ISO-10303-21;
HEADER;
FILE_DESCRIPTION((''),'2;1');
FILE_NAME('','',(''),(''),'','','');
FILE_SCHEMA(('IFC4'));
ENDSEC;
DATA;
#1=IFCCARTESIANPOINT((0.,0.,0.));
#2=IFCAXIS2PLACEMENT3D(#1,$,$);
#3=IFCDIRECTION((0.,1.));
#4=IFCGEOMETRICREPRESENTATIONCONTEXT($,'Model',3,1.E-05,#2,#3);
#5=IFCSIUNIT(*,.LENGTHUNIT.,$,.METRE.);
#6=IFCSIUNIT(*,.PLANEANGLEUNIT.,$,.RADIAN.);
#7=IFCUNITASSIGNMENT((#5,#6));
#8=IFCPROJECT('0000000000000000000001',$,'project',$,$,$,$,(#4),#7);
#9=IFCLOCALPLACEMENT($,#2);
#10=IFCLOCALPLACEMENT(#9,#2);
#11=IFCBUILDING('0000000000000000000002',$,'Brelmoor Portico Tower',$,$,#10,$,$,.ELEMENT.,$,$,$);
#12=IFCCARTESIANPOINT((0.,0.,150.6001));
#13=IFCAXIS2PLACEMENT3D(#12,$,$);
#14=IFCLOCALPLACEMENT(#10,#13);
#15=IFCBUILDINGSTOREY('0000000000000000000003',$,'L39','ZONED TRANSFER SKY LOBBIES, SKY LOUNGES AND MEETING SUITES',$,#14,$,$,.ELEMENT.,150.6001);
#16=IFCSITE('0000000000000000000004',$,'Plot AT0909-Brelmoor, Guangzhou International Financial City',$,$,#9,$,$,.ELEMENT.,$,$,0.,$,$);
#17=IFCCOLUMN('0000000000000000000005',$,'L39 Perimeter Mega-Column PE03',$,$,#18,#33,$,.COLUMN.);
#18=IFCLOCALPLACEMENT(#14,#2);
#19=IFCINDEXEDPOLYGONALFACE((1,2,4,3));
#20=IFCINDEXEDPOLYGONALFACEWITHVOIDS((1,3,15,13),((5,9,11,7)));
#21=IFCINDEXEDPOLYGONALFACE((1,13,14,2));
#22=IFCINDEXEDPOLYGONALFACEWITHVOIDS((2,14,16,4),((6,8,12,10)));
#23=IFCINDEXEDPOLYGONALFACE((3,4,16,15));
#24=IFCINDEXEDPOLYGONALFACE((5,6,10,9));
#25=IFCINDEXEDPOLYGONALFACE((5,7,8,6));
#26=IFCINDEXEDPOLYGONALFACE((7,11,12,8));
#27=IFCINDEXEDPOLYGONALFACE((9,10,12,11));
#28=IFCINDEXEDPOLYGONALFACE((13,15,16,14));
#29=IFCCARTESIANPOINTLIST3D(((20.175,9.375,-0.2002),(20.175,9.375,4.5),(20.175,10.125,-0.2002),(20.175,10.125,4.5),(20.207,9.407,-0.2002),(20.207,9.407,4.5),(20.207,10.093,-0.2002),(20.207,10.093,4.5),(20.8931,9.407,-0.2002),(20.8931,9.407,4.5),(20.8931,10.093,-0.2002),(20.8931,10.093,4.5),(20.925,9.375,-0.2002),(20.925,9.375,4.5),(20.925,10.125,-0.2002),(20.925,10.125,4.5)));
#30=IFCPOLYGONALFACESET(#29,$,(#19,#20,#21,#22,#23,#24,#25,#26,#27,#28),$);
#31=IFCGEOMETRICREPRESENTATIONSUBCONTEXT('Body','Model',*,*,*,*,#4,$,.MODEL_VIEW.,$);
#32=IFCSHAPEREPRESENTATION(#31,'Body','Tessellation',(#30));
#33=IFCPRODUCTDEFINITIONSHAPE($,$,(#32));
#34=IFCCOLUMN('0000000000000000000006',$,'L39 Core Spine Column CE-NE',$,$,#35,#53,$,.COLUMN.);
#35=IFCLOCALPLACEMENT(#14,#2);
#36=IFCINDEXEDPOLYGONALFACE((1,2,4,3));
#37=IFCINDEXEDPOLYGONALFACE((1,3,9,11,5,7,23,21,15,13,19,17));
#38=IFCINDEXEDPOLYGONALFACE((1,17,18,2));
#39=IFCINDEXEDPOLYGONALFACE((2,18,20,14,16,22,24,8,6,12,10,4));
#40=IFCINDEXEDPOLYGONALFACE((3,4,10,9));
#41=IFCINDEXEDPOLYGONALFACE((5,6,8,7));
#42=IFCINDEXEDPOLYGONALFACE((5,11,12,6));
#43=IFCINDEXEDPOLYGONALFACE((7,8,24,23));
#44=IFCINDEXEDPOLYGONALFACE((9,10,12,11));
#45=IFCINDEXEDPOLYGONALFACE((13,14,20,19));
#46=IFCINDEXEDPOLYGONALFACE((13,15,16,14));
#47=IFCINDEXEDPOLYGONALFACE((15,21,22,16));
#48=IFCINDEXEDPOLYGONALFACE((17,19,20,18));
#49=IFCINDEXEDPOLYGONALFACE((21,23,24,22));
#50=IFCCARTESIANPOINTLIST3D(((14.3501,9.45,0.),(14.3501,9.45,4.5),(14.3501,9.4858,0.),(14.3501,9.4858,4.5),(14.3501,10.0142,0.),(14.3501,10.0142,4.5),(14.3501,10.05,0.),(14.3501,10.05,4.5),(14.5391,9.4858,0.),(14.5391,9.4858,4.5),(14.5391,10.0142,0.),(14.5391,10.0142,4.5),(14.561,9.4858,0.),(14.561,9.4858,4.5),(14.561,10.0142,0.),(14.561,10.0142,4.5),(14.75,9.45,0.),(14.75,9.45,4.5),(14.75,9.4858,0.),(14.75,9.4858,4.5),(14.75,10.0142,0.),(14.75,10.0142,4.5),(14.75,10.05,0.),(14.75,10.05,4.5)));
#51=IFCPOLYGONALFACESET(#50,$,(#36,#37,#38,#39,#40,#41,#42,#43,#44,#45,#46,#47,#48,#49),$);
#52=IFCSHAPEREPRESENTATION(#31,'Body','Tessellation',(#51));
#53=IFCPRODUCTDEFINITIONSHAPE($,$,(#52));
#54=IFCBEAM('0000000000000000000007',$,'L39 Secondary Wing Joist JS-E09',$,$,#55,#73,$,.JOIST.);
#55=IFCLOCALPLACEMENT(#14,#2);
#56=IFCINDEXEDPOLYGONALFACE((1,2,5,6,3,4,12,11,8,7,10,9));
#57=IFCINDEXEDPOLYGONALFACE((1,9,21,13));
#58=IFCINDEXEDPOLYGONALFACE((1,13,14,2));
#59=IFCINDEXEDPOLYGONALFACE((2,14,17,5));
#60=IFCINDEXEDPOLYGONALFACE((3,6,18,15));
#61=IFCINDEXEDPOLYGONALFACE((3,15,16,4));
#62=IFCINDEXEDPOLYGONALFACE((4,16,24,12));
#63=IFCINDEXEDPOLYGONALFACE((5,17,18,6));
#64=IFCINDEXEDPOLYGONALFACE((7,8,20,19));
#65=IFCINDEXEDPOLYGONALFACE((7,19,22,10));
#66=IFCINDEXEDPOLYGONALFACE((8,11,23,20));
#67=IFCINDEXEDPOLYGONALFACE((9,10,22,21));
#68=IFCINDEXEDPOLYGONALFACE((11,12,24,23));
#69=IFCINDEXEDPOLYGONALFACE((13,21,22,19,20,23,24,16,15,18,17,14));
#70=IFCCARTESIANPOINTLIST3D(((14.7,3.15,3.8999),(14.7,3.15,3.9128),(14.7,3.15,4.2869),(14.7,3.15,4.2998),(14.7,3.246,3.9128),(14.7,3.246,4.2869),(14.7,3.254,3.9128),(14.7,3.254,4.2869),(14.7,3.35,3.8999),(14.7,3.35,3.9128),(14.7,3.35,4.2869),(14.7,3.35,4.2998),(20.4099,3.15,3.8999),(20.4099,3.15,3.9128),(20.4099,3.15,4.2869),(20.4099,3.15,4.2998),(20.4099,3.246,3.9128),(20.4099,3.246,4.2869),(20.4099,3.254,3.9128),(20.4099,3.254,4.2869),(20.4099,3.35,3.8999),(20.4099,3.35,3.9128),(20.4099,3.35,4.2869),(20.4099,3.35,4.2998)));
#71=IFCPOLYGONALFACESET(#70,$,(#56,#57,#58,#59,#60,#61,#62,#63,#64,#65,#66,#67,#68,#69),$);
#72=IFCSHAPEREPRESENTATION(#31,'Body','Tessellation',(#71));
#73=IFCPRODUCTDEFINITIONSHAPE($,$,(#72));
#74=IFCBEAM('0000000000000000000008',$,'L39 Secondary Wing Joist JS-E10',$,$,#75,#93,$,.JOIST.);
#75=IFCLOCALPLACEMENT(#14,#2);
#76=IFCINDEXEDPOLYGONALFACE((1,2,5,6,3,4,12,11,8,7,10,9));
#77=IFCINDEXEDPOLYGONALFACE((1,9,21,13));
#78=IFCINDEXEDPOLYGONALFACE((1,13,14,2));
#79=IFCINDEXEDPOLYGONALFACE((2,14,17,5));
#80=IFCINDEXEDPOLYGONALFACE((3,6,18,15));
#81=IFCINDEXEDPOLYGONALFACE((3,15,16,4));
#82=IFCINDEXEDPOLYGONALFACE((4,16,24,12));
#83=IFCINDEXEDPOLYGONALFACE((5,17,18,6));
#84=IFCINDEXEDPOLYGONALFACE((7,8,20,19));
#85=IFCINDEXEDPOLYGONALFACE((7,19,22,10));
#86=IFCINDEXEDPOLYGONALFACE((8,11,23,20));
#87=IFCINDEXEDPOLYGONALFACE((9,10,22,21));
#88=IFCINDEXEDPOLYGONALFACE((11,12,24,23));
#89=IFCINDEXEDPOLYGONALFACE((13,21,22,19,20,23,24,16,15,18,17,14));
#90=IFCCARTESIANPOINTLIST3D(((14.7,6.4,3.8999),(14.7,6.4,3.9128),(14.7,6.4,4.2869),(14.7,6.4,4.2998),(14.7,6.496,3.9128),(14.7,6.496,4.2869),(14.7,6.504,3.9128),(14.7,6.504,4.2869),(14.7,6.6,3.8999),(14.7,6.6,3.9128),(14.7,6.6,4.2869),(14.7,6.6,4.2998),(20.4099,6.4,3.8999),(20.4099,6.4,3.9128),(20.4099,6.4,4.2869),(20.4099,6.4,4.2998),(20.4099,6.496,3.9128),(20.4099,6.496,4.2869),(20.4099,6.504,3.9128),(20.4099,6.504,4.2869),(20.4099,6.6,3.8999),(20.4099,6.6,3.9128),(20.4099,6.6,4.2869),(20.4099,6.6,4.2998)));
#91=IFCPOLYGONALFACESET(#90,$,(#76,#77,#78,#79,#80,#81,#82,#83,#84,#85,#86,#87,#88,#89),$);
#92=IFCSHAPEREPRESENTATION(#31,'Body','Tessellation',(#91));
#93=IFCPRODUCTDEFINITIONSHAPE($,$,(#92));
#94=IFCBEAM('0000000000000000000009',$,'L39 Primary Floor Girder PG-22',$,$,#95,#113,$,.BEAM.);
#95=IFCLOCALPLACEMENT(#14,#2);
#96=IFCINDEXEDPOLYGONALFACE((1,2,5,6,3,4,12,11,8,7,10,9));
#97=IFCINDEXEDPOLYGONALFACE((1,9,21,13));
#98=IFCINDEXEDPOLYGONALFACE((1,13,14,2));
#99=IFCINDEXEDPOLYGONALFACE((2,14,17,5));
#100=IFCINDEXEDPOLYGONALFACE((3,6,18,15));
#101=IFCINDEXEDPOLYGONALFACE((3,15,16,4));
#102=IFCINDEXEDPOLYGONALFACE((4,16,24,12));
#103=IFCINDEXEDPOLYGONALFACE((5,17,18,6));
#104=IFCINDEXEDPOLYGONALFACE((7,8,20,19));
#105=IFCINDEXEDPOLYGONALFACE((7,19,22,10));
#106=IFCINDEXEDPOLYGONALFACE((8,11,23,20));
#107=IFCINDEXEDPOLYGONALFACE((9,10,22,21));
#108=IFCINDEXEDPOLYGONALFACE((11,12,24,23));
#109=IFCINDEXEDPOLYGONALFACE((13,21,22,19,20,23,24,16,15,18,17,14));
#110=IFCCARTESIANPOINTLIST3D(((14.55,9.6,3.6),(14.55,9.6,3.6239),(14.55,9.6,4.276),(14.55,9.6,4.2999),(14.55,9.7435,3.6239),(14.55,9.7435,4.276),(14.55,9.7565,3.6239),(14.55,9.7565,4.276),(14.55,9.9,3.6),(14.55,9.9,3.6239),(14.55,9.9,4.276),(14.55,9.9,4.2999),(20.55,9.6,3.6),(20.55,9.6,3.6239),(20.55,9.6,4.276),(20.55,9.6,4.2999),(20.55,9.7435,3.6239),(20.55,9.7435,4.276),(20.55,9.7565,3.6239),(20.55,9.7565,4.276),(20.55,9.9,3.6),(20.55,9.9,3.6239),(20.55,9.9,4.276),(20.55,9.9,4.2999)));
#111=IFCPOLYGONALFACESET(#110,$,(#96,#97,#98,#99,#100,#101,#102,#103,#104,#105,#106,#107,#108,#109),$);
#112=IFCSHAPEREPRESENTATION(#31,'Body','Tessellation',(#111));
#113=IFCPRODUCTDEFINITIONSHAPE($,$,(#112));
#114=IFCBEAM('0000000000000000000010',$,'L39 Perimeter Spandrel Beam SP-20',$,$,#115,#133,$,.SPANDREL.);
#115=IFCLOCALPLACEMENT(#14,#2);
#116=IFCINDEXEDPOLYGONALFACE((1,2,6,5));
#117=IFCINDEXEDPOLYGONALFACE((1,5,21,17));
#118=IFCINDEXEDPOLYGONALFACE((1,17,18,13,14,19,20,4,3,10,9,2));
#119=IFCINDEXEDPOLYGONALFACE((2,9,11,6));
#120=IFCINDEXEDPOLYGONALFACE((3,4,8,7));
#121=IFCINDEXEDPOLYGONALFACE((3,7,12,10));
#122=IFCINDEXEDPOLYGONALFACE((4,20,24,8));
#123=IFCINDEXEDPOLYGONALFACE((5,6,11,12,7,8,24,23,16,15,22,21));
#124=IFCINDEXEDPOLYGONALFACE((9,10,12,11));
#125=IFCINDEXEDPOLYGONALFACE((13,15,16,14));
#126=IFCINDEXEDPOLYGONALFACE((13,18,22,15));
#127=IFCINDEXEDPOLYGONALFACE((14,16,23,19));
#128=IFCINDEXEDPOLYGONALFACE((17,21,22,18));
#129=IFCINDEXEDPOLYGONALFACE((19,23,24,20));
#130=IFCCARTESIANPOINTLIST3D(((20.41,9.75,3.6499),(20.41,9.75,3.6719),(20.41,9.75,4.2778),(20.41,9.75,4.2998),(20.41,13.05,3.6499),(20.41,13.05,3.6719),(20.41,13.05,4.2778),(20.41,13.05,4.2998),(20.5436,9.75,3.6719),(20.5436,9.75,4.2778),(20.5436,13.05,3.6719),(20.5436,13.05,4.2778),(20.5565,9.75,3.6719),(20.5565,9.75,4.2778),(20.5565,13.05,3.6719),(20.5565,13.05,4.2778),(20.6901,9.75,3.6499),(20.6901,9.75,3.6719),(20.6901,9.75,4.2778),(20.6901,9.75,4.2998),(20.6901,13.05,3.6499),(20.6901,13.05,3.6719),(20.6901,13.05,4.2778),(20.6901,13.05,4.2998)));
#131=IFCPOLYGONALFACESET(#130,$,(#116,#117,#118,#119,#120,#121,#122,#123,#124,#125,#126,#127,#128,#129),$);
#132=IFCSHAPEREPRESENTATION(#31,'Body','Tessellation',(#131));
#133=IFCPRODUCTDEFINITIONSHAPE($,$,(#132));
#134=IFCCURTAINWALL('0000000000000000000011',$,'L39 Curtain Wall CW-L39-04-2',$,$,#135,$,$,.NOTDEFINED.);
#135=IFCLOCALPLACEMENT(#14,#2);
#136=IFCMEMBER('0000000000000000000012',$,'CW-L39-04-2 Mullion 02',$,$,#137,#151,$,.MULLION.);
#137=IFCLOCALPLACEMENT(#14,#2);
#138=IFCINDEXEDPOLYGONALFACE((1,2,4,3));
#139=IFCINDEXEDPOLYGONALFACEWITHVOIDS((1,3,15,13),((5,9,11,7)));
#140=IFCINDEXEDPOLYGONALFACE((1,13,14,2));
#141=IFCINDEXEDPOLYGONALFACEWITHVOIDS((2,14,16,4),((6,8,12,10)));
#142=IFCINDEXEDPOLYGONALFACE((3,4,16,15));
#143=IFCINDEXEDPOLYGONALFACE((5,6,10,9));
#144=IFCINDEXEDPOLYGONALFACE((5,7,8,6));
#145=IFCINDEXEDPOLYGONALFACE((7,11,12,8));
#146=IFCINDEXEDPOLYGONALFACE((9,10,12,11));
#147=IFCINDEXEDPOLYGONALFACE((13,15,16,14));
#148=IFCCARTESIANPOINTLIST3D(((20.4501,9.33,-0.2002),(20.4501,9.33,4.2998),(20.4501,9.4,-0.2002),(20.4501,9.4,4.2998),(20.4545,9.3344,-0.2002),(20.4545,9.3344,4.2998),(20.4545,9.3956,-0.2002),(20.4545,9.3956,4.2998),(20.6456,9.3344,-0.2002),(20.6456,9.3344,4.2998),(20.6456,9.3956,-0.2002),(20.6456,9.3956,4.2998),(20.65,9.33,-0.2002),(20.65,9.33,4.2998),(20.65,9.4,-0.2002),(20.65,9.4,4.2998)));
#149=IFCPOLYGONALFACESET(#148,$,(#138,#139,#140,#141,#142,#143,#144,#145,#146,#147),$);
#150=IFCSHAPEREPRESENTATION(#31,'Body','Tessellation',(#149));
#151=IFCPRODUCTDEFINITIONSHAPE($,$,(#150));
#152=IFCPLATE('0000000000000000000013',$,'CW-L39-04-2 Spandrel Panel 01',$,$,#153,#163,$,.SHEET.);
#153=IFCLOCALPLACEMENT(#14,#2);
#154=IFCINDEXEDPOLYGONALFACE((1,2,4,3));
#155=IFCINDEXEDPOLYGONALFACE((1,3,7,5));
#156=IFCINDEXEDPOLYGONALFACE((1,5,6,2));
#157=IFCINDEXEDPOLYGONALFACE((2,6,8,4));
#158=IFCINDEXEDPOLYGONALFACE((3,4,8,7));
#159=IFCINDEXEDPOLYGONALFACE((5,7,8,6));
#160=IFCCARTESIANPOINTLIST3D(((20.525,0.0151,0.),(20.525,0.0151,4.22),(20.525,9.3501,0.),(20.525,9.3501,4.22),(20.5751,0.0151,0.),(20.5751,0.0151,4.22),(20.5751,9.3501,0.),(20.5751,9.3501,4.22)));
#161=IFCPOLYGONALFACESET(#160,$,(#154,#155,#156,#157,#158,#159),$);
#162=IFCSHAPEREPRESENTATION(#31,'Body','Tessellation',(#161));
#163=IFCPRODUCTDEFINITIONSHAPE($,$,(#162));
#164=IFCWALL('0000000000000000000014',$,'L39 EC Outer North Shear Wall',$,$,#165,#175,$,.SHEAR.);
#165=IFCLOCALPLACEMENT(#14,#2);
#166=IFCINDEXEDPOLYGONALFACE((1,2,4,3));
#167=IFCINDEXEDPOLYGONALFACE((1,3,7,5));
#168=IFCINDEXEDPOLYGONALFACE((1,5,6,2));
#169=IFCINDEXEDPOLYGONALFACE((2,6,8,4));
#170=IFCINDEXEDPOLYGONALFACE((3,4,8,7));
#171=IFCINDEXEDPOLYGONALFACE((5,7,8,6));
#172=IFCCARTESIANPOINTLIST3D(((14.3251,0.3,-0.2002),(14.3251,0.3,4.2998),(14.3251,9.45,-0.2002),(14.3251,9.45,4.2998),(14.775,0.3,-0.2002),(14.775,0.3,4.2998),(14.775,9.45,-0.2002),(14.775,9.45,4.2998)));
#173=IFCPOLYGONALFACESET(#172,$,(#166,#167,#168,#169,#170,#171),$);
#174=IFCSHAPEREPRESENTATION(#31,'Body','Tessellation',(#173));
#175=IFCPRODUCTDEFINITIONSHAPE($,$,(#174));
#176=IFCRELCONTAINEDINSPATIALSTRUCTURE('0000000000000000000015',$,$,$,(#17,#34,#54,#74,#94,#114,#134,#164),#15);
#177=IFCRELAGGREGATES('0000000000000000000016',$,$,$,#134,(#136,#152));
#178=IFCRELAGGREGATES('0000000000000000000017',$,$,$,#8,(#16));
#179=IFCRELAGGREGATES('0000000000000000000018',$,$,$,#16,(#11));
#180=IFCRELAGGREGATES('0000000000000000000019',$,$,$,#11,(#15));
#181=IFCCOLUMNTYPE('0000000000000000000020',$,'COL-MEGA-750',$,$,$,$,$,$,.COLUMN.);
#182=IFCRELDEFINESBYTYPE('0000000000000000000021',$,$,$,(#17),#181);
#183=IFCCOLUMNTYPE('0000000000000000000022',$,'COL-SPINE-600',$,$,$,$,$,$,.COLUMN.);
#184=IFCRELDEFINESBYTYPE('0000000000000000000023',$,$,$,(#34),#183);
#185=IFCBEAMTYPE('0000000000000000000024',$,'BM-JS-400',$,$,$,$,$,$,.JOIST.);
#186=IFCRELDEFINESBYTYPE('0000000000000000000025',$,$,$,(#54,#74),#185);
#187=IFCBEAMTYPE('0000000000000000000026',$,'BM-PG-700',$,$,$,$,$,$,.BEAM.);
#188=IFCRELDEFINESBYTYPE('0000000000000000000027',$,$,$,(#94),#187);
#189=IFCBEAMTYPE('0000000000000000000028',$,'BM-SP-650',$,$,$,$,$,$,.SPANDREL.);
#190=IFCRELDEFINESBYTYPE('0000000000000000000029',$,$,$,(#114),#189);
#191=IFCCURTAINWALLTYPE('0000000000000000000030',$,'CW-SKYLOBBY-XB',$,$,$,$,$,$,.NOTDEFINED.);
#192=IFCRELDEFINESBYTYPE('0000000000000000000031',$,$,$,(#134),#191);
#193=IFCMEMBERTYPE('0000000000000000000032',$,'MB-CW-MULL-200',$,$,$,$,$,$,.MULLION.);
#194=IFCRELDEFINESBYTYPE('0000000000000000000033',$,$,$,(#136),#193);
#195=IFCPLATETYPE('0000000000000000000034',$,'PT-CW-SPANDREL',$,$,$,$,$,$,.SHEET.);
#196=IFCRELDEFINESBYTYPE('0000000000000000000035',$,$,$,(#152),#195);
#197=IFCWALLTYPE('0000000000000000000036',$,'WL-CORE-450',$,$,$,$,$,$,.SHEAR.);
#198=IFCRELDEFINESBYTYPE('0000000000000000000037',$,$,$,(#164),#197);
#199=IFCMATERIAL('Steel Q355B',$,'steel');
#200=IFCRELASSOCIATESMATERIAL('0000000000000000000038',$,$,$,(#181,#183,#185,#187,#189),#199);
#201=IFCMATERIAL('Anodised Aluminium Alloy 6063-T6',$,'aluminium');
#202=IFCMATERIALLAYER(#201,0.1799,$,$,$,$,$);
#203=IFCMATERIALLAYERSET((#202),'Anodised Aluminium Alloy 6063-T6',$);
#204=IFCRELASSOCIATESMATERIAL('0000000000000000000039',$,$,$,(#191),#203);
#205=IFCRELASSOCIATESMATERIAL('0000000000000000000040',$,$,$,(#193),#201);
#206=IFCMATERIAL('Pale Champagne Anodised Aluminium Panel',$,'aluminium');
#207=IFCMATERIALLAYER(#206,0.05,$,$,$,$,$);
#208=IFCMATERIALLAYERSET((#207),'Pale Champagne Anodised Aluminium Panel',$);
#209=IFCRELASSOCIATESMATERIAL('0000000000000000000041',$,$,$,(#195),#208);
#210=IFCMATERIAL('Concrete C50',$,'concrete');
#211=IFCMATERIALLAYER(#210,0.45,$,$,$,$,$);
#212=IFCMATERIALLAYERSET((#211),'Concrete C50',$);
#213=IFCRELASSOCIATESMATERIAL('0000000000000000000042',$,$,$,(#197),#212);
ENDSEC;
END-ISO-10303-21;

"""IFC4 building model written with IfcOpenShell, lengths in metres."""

from ifc_helpers import new_model, si_unit, direction, frame, frame_2d, origin, origin_2d, place, context, subcontext, project, spatial, rectangle, hollow_rectangle, i_section, extrude, material, layer, layer_set, material_profile, profile_set, type_object, element, aggregate, save


model = new_model("IFC4")

# Units and contexts
model_context = context("Model", 3, precision=1e-05, world=origin(), true_north=direction((0.0, 1.0)))
body_context = subcontext(model_context, "Body", "Model", "MODEL_VIEW")
ifc_project = project(units=[si_unit("LENGTHUNIT", "METRE"), si_unit("PLANEANGLEUNIT", "RADIAN")], contexts=[model_context])

# Site, building, storey
site_placement = place(None, origin())
site = spatial("IfcSite", under=ifc_project, at=site_placement, Name="Plot AT0909-Brelmoor, Guangzhou International Financial City", CompositionType="ELEMENT", RefElevation=0.0)
building_placement = place(site_placement, origin())
building = spatial("IfcBuilding", under=site, at=building_placement, Name="Brelmoor Portico Tower", CompositionType="ELEMENT")
storey_placement = place(building_placement, frame((0.0, 0.0, 150.6001)))
storey = spatial("IfcBuildingStorey", under=building, at=storey_placement, Name="L39", Description="ZONED TRANSFER SKY LOBBIES, SKY LOUNGES AND MEETING SUITES", CompositionType="ELEMENT", Elevation=150.6001)

# Columns
ifc_material_1 = material(Name="Steel Q355B", Category="steel")
ifc_material_profile_1 = material_profile(ifc_material_1, hollow_rectangle(XDim=0.75, YDim=0.75, WallThickness=0.032, at=origin_2d()), Name="BOX 750x750x32")
ifc_profile_set_1 = profile_set([ifc_material_profile_1], Name="Steel Q355B")
column_type_1 = type_object("IfcColumnType", Name="COL-MEGA-750", PredefinedType="COLUMN", material=ifc_profile_set_1)
column_1_placement = place(storey_placement, frame((20.55, 9.75, -0.2002), z_axis=(0.0, 0.0, 1.0), x_axis=(0.0, 1.0, 0.0)))
element("IfcColumn", 1, at=column_1_placement, inside=storey, type_object=column_type_1, Name="L39 Perimeter Mega-Column PE03", PredefinedType="COLUMN", context=body_context, shape_type="SweptSolid", body=[
    extrude(hollow_rectangle(XDim=0.75, YDim=0.75, WallThickness=0.032, at=origin_2d()), origin(), (0.0, 0.0, 1.0), 4.7002),
])
ifc_material_profile_2 = material_profile(ifc_material_1, i_section(OverallWidth=0.3999, OverallDepth=0.6001, WebThickness=0.022, FlangeThickness=0.0359, at=origin_2d()), Name="HW 600x400x22x36")
ifc_profile_set_2 = profile_set([ifc_material_profile_2], Name="Steel Q355B")
column_type_2 = type_object("IfcColumnType", Name="COL-SPINE-600", PredefinedType="COLUMN", material=ifc_profile_set_2)
column_2_placement = place(storey_placement, frame((14.55, 9.75, 0.0), z_axis=(0.0, 0.0, 1.0), x_axis=(1.0, 0.0, 0.0)))
element("IfcColumn", 2, at=column_2_placement, inside=storey, type_object=column_type_2, Name="L39 Core Spine Column CE-NE", PredefinedType="COLUMN", context=body_context, shape_type="SweptSolid", body=[
    extrude(i_section(OverallWidth=0.3999, OverallDepth=0.6001, WebThickness=0.022, FlangeThickness=0.0359, at=origin_2d()), origin(), (0.0, 0.0, 1.0), 4.5),
])

# Beams
ifc_material_profile_3 = material_profile(ifc_material_1, i_section(OverallWidth=0.2, OverallDepth=0.3999, WebThickness=0.0081, FlangeThickness=0.0129, at=origin_2d()), Name="HN 400x200x8x13")
ifc_profile_set_3 = profile_set([ifc_material_profile_3], Name="Steel Q355B")
beam_type_1 = type_object("IfcBeamType", Name="BM-JS-400", PredefinedType="JOIST", material=ifc_profile_set_3)
for number, where, z_axis, x_axis, name in (
    (3, (14.7, 3.25, 4.0999), (1.0, 0.0, 0.0), (0.0, 1.0, 0.0), "L39 Secondary Wing Joist JS-E09"),
    (4, (14.7, 6.5, 4.0999), (1.0, 0.0, 0.0), (0.0, 1.0, 0.0), "L39 Secondary Wing Joist JS-E10"),
):
    element("IfcBeam", number, at=place(storey_placement, frame(where, z_axis=z_axis, x_axis=x_axis)), inside=storey, type_object=beam_type_1, Name=name, PredefinedType="JOIST", context=body_context, shape_type="SweptSolid", body=[
        extrude(i_section(OverallWidth=0.2, OverallDepth=0.3999, WebThickness=0.0081, FlangeThickness=0.0129, at=origin_2d()), origin(), (0.0, 0.0, 1.0), 5.71),
    ])
ifc_material_profile_4 = material_profile(ifc_material_1, i_section(OverallWidth=0.3, OverallDepth=0.7, WebThickness=0.0129, FlangeThickness=0.0239, at=origin_2d()), Name="HN 700x300x13x24")
ifc_profile_set_4 = profile_set([ifc_material_profile_4], Name="Steel Q355B")
beam_type_2 = type_object("IfcBeamType", Name="BM-PG-700", PredefinedType="BEAM", material=ifc_profile_set_4)
beam_1_placement = place(storey_placement, frame((14.55, 9.75, 3.95), z_axis=(1.0, 0.0, 0.0), x_axis=(0.0, 1.0, 0.0)))
element("IfcBeam", 5, at=beam_1_placement, inside=storey, type_object=beam_type_2, Name="L39 Primary Floor Girder PG-22", PredefinedType="BEAM", context=body_context, shape_type="SweptSolid", body=[
    extrude(i_section(OverallWidth=0.3, OverallDepth=0.7, WebThickness=0.0129, FlangeThickness=0.0239, at=origin_2d()), origin(), (0.0, 0.0, 1.0), 6.0),
])
ifc_material_profile_5 = material_profile(ifc_material_1, i_section(OverallWidth=0.28, OverallDepth=0.6499, WebThickness=0.0129, FlangeThickness=0.022, at=origin_2d()), Name="HN 650x280x13x22")
ifc_profile_set_5 = profile_set([ifc_material_profile_5], Name="Steel Q355B")
beam_type_3 = type_object("IfcBeamType", Name="BM-SP-650", PredefinedType="SPANDREL", material=ifc_profile_set_5)
beam_2_placement = place(storey_placement, frame((20.55, 9.75, 3.9749), z_axis=(0.0, 1.0, 0.0), x_axis=(-1.0, 0.0, 0.0)))
element("IfcBeam", 6, at=beam_2_placement, inside=storey, type_object=beam_type_3, Name="L39 Perimeter Spandrel Beam SP-20", PredefinedType="SPANDREL", context=body_context, shape_type="SweptSolid", body=[
    extrude(i_section(OverallWidth=0.28, OverallDepth=0.6499, WebThickness=0.0129, FlangeThickness=0.022, at=origin_2d()), origin(), (0.0, 0.0, 1.0), 3.3),
])

# Curtain wall, member, plate
ifc_material_2 = material(Name="Anodised Aluminium Alloy 6063-T6", Category="aluminium")
ifc_layer_1 = layer(ifc_material_2, 0.1799)
ifc_layer_set_1 = layer_set([ifc_layer_1], Name="Anodised Aluminium Alloy 6063-T6")
curtain_wall_type = type_object("IfcCurtainWallType", Name="CW-SKYLOBBY-XB", PredefinedType="NOTDEFINED", material=ifc_layer_set_1)
curtain_wall_placement = place(storey_placement, origin())
curtain_wall = element("IfcCurtainWall", 7, at=curtain_wall_placement, inside=storey, type_object=curtain_wall_type, Name="L39 Curtain Wall CW-L39-04-2", PredefinedType="NOTDEFINED")
ifc_material_profile_6 = material_profile(ifc_material_2, hollow_rectangle(XDim=0.0701, YDim=0.2, WallThickness=0.0044, at=origin_2d()), Name="ALU MULLION 70x200")
ifc_profile_set_6 = profile_set([ifc_material_profile_6], Name="Anodised Aluminium Alloy 6063-T6")
member_type = type_object("IfcMemberType", Name="MB-CW-MULL-200", PredefinedType="MULLION", material=ifc_profile_set_6)
member_placement = place(storey_placement, frame((20.55, 9.365, -0.2002), z_axis=(0.0, 0.0, 1.0), x_axis=(0.0, 1.0, 0.0)))
member = element("IfcMember", 8, at=member_placement, type_object=member_type, Name="CW-L39-04-2 Mullion 02", PredefinedType="MULLION", context=body_context, shape_type="SweptSolid", body=[
    extrude(hollow_rectangle(XDim=0.0701, YDim=0.2, WallThickness=0.0044, at=origin_2d()), origin(), (0.0, 0.0, 1.0), 4.5),
])
ifc_material_3 = material(Name="Pale Champagne Anodised Aluminium Panel", Category="aluminium")
ifc_layer_2 = layer(ifc_material_3, 0.05)
ifc_layer_set_2 = layer_set([ifc_layer_2], Name="Pale Champagne Anodised Aluminium Panel")
plate_type = type_object("IfcPlateType", Name="PT-CW-SPANDREL", PredefinedType="SHEET", material=ifc_layer_set_2)
plate_placement = place(storey_placement, frame((20.55, 4.6826, 0.0), z_axis=(0.0, 0.0, 1.0), x_axis=(0.0, 1.0, 0.0)))
plate = element("IfcPlate", 9, at=plate_placement, type_object=plate_type, Name="CW-L39-04-2 Spandrel Panel 01", PredefinedType="SHEET", context=body_context, shape_type="SweptSolid", body=[
    extrude(rectangle(XDim=9.335, YDim=0.05, at=origin_2d()), origin(), (0.0, 0.0, 1.0), 4.22),
])
aggregate(curtain_wall, [member, plate])

# Wall
ifc_material_4 = material(Name="Concrete C50", Category="concrete")
ifc_layer_3 = layer(ifc_material_4, 0.45)
ifc_layer_set_3 = layer_set([ifc_layer_3], Name="Concrete C50")
wall_type_1 = type_object("IfcWallType", Name="WL-CORE-450", PredefinedType="SHEAR", material=ifc_layer_set_3)
wall_1_placement = place(storey_placement, frame((14.55, 0.3, -0.2002), z_axis=(0.0, 0.0, 1.0), x_axis=(0.0, 1.0, 0.0)))
element("IfcWall", 10, at=wall_1_placement, inside=storey, type_object=wall_type_1, Name="L39 EC Outer North Shear Wall", PredefinedType="SHEAR", context=body_context, shape_type="SweptSolid", body=[
    extrude(rectangle(XDim=9.1499, YDim=0.45, at=frame_2d((4.575, 0.0))), origin(), (0.0, 0.0, 1.0), 4.5),
])

save(model, "model.ifc")
